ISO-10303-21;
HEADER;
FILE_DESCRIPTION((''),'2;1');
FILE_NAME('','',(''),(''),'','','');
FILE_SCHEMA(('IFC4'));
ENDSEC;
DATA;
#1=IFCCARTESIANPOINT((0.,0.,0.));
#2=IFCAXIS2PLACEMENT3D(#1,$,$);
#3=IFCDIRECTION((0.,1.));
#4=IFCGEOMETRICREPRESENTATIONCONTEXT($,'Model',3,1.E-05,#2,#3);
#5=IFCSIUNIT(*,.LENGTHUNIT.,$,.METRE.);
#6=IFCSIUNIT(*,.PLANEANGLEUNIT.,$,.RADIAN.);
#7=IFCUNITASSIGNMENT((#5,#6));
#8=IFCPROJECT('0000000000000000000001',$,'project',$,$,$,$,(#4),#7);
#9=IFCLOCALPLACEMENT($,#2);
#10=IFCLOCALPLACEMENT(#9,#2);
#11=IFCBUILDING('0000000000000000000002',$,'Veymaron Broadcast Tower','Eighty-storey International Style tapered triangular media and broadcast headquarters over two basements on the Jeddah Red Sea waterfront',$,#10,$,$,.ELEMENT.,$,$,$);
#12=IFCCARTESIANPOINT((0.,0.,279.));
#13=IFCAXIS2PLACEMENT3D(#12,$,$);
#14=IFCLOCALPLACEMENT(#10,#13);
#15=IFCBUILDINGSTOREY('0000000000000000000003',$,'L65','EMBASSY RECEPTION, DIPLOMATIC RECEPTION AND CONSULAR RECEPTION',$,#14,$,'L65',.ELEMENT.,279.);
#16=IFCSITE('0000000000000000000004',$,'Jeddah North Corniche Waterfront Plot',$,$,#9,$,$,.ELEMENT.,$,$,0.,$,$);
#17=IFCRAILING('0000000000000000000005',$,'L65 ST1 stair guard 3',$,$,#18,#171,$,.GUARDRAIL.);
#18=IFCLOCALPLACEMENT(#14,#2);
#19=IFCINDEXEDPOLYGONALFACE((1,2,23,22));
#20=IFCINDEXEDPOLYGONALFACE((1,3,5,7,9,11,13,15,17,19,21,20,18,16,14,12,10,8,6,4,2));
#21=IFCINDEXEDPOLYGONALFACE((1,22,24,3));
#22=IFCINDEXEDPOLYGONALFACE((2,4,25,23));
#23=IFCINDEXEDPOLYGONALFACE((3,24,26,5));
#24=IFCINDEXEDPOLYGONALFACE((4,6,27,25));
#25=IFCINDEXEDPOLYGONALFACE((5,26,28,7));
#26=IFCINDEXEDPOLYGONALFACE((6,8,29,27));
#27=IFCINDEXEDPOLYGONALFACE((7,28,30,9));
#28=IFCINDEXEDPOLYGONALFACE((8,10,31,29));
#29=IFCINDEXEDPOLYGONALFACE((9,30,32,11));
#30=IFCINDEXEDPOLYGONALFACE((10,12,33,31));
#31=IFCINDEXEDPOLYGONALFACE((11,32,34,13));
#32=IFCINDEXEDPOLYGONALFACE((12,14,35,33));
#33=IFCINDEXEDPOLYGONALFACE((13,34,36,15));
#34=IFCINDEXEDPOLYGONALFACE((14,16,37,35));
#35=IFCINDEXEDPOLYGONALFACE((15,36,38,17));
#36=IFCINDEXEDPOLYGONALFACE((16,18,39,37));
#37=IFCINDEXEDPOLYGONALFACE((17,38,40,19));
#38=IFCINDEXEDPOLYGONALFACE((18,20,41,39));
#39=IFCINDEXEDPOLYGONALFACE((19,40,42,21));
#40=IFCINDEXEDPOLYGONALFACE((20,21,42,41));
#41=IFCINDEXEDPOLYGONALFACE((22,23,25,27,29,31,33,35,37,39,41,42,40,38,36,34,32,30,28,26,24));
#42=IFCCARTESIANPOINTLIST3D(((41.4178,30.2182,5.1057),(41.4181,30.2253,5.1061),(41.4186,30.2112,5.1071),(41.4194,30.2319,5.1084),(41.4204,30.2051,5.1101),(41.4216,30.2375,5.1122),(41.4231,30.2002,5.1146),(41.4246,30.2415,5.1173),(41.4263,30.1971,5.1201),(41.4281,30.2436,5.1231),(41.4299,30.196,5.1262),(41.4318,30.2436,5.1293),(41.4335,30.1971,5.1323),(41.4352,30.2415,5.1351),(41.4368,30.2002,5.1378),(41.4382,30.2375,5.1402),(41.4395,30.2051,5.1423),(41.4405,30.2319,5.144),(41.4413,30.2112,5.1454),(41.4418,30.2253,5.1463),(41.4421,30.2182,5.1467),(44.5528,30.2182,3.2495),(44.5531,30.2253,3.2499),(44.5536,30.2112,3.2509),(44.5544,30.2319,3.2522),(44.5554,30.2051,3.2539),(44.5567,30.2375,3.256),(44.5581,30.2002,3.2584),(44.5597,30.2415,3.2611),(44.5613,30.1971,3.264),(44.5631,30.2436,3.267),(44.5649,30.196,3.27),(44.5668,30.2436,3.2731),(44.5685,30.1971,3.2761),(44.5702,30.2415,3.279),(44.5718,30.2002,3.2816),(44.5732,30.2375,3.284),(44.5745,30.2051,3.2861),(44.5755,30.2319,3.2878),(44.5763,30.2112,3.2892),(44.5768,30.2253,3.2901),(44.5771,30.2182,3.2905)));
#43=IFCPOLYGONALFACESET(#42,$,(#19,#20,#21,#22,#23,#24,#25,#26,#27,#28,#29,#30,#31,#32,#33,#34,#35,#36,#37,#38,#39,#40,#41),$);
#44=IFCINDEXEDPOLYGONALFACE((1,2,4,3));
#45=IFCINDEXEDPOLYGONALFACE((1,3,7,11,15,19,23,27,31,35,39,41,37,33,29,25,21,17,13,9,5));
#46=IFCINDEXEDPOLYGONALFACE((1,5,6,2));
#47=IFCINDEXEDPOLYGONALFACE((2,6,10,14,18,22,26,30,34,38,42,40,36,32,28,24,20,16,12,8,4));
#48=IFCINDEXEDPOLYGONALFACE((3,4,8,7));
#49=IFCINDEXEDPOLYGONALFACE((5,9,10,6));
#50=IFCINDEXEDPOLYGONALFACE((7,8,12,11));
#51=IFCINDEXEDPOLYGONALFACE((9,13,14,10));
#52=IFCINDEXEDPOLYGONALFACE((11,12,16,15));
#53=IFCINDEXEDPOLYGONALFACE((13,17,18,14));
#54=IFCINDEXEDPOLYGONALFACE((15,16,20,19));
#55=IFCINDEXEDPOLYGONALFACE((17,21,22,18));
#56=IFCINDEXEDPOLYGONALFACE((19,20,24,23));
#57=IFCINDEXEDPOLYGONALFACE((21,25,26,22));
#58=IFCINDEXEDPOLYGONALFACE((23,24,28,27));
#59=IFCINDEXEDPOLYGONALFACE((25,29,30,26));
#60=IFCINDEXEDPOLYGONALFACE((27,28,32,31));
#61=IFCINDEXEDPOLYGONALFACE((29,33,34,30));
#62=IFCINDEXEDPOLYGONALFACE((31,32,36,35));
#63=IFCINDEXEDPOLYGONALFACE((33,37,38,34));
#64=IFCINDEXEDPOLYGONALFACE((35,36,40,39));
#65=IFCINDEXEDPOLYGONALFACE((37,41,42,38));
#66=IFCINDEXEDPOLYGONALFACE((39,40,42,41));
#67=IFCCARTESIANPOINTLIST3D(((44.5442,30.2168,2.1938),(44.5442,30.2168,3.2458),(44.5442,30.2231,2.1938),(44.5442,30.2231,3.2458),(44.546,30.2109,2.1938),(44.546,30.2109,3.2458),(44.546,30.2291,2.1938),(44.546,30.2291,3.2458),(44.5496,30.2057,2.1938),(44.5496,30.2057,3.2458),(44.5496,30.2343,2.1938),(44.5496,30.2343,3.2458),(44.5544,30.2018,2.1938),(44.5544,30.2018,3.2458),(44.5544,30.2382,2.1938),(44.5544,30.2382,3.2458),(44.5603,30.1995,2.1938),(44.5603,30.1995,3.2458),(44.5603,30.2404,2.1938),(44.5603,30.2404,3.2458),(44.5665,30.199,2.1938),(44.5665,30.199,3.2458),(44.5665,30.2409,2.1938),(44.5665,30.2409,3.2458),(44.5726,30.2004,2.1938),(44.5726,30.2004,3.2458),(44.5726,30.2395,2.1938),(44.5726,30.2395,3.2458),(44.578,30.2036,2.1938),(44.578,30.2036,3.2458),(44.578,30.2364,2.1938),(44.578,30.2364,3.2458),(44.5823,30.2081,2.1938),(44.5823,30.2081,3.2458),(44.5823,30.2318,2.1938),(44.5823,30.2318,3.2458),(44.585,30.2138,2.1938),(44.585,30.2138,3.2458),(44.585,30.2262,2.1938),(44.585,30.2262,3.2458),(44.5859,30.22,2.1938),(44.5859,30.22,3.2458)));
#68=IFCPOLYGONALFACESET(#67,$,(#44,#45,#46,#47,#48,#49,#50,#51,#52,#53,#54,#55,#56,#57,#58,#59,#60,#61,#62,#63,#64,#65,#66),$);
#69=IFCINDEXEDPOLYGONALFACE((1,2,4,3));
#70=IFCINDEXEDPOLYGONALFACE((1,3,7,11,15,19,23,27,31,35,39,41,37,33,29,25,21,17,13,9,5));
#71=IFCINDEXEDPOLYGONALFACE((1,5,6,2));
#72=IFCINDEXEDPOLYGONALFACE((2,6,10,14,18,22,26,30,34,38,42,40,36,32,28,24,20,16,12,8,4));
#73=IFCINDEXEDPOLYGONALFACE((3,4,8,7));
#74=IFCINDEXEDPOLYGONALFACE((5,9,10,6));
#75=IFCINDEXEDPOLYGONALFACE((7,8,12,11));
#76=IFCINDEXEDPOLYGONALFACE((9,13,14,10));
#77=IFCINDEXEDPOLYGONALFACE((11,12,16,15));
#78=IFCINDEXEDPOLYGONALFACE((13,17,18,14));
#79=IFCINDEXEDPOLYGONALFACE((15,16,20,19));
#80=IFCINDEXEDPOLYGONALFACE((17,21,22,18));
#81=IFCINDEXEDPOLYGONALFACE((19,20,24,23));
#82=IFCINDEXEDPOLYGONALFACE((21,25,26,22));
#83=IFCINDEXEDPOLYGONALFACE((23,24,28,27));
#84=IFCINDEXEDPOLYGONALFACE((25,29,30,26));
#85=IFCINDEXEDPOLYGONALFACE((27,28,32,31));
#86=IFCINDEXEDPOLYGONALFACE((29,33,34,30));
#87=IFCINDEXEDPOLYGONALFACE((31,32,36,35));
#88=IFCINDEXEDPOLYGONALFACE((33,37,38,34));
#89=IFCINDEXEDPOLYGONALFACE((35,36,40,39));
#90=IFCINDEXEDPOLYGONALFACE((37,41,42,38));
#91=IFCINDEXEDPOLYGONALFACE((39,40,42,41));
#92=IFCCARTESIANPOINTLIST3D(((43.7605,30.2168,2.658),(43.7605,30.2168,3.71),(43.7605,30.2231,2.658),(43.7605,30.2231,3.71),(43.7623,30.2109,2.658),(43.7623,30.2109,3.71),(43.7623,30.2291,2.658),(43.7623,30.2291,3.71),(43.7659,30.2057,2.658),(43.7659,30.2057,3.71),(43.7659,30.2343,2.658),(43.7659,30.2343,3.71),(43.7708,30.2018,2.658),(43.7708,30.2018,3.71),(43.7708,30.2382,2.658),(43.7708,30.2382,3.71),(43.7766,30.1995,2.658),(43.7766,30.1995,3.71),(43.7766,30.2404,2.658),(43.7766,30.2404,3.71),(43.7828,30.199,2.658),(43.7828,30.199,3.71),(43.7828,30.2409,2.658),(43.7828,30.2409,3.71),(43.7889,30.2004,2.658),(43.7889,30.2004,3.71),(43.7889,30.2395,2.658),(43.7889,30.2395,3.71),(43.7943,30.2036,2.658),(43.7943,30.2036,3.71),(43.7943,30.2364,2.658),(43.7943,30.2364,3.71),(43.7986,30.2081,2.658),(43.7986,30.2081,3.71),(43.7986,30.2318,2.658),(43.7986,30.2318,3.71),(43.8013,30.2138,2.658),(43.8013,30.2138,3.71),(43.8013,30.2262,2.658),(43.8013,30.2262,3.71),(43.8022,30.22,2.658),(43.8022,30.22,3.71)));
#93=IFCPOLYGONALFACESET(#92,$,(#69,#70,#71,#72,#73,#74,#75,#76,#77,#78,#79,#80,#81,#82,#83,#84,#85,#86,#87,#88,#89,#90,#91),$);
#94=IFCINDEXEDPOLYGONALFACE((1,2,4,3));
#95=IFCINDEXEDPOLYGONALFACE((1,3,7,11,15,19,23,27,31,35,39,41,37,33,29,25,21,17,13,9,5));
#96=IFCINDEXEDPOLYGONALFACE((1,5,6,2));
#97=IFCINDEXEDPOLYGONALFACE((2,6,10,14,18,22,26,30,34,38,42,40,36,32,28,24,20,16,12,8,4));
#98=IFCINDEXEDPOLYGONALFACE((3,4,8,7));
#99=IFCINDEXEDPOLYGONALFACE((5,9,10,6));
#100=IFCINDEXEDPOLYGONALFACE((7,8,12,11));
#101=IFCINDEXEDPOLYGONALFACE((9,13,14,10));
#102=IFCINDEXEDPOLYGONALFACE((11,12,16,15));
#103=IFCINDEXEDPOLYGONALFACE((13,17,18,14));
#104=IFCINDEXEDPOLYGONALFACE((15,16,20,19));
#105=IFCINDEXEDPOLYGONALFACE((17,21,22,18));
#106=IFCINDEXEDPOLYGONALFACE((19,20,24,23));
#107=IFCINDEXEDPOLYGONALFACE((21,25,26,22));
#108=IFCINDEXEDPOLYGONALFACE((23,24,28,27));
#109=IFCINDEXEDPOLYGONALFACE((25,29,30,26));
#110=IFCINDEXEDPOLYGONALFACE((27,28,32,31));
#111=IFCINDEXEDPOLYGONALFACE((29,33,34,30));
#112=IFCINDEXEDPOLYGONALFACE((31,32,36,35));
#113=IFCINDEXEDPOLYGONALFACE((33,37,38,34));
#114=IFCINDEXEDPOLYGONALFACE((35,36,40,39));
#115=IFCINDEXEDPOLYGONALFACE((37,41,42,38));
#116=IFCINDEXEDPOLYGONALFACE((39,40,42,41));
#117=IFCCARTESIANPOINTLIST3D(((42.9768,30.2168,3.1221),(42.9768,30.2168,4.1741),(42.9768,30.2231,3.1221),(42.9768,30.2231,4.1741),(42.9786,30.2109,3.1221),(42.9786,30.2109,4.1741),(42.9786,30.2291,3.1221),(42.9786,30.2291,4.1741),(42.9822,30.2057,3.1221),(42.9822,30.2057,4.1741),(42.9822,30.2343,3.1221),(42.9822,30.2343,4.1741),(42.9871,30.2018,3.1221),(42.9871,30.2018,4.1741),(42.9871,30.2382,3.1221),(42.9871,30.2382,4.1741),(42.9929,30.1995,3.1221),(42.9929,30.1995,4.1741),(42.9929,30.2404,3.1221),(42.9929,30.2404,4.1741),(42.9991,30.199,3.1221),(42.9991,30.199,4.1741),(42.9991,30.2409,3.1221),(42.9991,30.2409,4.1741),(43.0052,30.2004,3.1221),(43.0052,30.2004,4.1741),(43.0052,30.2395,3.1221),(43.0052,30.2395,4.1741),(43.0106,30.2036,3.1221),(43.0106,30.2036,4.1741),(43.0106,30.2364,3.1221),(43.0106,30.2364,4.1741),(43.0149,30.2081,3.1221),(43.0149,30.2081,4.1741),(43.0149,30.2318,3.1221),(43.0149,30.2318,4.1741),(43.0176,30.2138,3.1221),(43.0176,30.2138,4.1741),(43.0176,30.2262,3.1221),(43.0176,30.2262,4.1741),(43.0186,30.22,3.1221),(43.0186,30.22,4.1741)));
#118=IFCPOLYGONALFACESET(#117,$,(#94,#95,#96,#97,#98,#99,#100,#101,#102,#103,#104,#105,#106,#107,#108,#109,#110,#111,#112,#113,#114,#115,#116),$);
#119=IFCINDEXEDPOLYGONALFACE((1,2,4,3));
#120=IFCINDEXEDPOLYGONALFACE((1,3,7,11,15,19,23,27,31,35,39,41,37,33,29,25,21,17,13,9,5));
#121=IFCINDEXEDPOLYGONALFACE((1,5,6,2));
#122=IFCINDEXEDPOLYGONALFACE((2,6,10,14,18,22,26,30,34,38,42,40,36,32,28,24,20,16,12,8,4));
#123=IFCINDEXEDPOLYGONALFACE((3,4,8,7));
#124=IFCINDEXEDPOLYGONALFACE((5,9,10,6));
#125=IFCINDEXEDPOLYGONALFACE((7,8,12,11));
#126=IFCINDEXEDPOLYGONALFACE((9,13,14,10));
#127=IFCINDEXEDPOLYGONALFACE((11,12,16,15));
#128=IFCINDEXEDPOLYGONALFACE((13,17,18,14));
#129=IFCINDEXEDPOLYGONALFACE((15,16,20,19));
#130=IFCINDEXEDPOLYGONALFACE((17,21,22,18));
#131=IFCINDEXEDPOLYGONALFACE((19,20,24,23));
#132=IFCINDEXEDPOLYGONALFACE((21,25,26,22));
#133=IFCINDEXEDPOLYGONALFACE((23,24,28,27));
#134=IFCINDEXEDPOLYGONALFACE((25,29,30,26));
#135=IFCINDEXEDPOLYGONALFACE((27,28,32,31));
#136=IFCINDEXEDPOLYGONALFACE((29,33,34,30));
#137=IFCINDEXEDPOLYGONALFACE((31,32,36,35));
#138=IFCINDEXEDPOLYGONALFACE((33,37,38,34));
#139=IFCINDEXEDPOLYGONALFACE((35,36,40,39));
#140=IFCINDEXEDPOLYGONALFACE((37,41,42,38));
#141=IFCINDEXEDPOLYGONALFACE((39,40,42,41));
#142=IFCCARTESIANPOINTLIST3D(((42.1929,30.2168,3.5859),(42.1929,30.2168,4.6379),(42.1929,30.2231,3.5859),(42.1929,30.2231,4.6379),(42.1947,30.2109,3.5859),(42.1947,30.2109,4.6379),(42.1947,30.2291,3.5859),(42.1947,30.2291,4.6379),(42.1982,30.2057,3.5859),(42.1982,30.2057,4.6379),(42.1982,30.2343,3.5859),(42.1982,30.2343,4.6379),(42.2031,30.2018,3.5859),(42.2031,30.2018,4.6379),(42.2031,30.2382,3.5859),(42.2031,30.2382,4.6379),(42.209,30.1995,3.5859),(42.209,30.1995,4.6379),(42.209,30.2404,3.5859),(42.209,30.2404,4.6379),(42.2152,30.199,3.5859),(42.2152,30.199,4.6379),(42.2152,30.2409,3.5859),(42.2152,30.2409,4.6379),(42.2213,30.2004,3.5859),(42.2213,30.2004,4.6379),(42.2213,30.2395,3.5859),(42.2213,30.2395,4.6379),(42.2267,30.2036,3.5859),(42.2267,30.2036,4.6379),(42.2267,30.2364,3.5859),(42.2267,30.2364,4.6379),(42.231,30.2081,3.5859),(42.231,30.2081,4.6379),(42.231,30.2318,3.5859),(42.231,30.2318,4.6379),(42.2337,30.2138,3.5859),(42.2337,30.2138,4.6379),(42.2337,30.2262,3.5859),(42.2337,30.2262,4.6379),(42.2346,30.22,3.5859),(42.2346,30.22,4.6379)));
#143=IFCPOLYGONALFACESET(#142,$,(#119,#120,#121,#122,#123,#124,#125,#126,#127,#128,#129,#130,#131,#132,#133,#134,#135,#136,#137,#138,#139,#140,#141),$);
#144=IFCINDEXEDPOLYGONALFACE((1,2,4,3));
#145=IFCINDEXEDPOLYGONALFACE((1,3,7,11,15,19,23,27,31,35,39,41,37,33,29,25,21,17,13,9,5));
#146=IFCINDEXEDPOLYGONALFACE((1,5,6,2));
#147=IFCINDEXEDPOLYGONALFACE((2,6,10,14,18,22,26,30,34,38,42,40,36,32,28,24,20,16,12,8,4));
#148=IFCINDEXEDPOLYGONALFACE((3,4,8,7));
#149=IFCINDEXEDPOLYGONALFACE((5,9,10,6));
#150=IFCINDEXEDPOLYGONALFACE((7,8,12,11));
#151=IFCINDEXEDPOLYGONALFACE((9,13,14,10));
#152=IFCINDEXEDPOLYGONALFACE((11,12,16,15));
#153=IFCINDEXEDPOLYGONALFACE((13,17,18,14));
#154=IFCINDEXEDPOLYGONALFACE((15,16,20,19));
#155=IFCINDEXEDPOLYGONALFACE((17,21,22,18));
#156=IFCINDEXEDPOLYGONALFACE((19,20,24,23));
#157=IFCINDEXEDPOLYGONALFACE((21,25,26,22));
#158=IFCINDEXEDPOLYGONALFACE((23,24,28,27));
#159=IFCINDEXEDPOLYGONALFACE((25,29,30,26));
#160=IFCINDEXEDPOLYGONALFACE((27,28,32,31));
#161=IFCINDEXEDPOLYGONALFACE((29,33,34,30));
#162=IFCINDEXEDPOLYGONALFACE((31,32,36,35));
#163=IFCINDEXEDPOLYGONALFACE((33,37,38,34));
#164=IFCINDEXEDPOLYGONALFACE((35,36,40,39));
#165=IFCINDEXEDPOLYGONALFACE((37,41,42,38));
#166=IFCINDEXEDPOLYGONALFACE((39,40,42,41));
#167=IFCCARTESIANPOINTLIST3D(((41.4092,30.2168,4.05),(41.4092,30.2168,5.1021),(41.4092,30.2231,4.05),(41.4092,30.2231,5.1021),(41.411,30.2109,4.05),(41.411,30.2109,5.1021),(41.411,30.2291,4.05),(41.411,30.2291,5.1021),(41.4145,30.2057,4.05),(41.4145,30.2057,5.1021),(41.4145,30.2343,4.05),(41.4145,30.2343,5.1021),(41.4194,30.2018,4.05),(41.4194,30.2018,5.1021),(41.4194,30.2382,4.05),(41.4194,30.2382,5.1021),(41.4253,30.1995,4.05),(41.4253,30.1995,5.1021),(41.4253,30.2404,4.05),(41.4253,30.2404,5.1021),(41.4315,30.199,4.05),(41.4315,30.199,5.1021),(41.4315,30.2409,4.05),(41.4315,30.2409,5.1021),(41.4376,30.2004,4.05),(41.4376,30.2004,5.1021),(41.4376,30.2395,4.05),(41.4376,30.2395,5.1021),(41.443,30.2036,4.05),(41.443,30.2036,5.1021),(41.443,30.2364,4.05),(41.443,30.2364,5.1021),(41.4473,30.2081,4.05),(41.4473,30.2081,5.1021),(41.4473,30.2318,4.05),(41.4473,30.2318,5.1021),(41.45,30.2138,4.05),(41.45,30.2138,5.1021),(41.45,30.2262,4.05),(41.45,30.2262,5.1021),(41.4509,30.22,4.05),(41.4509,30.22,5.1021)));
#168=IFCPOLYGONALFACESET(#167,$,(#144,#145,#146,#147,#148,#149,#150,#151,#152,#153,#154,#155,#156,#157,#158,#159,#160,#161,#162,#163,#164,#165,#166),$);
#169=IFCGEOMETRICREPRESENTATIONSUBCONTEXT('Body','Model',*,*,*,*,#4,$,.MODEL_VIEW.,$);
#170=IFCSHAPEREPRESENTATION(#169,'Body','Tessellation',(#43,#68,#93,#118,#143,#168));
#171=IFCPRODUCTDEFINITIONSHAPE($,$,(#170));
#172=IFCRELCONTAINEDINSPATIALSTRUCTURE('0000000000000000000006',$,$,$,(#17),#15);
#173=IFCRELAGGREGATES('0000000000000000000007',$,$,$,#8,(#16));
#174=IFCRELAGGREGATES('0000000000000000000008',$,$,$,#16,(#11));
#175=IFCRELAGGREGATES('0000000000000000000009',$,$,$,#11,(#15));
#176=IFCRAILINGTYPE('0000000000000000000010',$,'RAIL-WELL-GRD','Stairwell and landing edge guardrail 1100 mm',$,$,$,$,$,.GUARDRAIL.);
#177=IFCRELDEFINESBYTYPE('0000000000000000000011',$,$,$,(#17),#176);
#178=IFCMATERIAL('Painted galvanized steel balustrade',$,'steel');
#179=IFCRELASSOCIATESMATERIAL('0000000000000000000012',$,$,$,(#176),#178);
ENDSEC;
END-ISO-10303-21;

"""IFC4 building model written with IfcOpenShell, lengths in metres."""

from ifc_helpers import new_model, si_unit, direction, frame, origin, origin_2d, place, context, subcontext, project, spatial, circle, extrude, material, type_object, element, save


model = new_model("IFC4")

# Units and contexts
model_context = context("Model", 3, precision=1e-05, world=origin(), true_north=direction((0.0, 1.0)))
body_context = subcontext(model_context, "Body", "Model", "MODEL_VIEW")
ifc_project = project(units=[si_unit("LENGTHUNIT", "METRE"), si_unit("PLANEANGLEUNIT", "RADIAN")], contexts=[model_context])

# Site, building, storey
site_placement = place(None, origin())
site = spatial("IfcSite", under=ifc_project, at=site_placement, Name="Jeddah North Corniche Waterfront Plot", CompositionType="ELEMENT", RefElevation=0.0)
building_placement = place(site_placement, origin())
building = spatial("IfcBuilding", under=site, at=building_placement, Name="Veymaron Broadcast Tower", Description="Eighty-storey International Style tapered triangular media and broadcast headquarters over two basements on the Jeddah Red Sea waterfront", CompositionType="ELEMENT")
storey_placement = place(building_placement, frame((0.0, 0.0, 279.0)))
storey = spatial("IfcBuildingStorey", under=building, at=storey_placement, Name="L65", Description="EMBASSY RECEPTION, DIPLOMATIC RECEPTION AND CONSULAR RECEPTION", LongName="L65", CompositionType="ELEMENT", Elevation=279.0)

# Railing
ifc_material_1 = material(Name="Painted galvanized steel balustrade", Category="steel")
railing_type_1 = type_object("IfcRailingType", Name="RAIL-WELL-GRD", Description="Stairwell and landing edge guardrail 1100 mm", PredefinedType="GUARDRAIL", material=ifc_material_1)
railing_1_placement = place(storey_placement, frame((44.5649, 30.22, 2.1938)))
element("IfcRailing", 1, at=railing_1_placement, inside=storey, type_object=railing_type_1, Name="L65 ST1 stair guard 3", PredefinedType="GUARDRAIL", context=body_context, shape_type="SweptSolid", body=[
    extrude(circle(Radius=0.0239, at=origin_2d()), frame((0.0, 0.0, 1.0762), z_axis=(-0.860482, 0.0, 0.509481), x_axis=(0.0, -1.0, 0.0)), (0.0, 0.0, 1.0), 3.6433),
    extrude(circle(Radius=0.021, at=origin_2d()), origin(), (0.0, 0.0, 1.0), 1.052),
    extrude(circle(Radius=0.021, at=origin_2d()), frame((-0.7837, 0.0, 0.4641)), (0.0, 0.0, 1.0), 1.052),
    extrude(circle(Radius=0.021, at=origin_2d()), frame((-1.5674, 0.0, 0.9282)), (0.0, 0.0, 1.0), 1.052),
    extrude(circle(Radius=0.021, at=origin_2d()), frame((-2.3513, 0.0, 1.3921)), (0.0, 0.0, 1.0), 1.052),
    extrude(circle(Radius=0.021, at=origin_2d()), frame((-3.135, 0.0, 1.8562)), (0.0, 0.0, 1.0), 1.052),
])

save(model, "model.ifc")
